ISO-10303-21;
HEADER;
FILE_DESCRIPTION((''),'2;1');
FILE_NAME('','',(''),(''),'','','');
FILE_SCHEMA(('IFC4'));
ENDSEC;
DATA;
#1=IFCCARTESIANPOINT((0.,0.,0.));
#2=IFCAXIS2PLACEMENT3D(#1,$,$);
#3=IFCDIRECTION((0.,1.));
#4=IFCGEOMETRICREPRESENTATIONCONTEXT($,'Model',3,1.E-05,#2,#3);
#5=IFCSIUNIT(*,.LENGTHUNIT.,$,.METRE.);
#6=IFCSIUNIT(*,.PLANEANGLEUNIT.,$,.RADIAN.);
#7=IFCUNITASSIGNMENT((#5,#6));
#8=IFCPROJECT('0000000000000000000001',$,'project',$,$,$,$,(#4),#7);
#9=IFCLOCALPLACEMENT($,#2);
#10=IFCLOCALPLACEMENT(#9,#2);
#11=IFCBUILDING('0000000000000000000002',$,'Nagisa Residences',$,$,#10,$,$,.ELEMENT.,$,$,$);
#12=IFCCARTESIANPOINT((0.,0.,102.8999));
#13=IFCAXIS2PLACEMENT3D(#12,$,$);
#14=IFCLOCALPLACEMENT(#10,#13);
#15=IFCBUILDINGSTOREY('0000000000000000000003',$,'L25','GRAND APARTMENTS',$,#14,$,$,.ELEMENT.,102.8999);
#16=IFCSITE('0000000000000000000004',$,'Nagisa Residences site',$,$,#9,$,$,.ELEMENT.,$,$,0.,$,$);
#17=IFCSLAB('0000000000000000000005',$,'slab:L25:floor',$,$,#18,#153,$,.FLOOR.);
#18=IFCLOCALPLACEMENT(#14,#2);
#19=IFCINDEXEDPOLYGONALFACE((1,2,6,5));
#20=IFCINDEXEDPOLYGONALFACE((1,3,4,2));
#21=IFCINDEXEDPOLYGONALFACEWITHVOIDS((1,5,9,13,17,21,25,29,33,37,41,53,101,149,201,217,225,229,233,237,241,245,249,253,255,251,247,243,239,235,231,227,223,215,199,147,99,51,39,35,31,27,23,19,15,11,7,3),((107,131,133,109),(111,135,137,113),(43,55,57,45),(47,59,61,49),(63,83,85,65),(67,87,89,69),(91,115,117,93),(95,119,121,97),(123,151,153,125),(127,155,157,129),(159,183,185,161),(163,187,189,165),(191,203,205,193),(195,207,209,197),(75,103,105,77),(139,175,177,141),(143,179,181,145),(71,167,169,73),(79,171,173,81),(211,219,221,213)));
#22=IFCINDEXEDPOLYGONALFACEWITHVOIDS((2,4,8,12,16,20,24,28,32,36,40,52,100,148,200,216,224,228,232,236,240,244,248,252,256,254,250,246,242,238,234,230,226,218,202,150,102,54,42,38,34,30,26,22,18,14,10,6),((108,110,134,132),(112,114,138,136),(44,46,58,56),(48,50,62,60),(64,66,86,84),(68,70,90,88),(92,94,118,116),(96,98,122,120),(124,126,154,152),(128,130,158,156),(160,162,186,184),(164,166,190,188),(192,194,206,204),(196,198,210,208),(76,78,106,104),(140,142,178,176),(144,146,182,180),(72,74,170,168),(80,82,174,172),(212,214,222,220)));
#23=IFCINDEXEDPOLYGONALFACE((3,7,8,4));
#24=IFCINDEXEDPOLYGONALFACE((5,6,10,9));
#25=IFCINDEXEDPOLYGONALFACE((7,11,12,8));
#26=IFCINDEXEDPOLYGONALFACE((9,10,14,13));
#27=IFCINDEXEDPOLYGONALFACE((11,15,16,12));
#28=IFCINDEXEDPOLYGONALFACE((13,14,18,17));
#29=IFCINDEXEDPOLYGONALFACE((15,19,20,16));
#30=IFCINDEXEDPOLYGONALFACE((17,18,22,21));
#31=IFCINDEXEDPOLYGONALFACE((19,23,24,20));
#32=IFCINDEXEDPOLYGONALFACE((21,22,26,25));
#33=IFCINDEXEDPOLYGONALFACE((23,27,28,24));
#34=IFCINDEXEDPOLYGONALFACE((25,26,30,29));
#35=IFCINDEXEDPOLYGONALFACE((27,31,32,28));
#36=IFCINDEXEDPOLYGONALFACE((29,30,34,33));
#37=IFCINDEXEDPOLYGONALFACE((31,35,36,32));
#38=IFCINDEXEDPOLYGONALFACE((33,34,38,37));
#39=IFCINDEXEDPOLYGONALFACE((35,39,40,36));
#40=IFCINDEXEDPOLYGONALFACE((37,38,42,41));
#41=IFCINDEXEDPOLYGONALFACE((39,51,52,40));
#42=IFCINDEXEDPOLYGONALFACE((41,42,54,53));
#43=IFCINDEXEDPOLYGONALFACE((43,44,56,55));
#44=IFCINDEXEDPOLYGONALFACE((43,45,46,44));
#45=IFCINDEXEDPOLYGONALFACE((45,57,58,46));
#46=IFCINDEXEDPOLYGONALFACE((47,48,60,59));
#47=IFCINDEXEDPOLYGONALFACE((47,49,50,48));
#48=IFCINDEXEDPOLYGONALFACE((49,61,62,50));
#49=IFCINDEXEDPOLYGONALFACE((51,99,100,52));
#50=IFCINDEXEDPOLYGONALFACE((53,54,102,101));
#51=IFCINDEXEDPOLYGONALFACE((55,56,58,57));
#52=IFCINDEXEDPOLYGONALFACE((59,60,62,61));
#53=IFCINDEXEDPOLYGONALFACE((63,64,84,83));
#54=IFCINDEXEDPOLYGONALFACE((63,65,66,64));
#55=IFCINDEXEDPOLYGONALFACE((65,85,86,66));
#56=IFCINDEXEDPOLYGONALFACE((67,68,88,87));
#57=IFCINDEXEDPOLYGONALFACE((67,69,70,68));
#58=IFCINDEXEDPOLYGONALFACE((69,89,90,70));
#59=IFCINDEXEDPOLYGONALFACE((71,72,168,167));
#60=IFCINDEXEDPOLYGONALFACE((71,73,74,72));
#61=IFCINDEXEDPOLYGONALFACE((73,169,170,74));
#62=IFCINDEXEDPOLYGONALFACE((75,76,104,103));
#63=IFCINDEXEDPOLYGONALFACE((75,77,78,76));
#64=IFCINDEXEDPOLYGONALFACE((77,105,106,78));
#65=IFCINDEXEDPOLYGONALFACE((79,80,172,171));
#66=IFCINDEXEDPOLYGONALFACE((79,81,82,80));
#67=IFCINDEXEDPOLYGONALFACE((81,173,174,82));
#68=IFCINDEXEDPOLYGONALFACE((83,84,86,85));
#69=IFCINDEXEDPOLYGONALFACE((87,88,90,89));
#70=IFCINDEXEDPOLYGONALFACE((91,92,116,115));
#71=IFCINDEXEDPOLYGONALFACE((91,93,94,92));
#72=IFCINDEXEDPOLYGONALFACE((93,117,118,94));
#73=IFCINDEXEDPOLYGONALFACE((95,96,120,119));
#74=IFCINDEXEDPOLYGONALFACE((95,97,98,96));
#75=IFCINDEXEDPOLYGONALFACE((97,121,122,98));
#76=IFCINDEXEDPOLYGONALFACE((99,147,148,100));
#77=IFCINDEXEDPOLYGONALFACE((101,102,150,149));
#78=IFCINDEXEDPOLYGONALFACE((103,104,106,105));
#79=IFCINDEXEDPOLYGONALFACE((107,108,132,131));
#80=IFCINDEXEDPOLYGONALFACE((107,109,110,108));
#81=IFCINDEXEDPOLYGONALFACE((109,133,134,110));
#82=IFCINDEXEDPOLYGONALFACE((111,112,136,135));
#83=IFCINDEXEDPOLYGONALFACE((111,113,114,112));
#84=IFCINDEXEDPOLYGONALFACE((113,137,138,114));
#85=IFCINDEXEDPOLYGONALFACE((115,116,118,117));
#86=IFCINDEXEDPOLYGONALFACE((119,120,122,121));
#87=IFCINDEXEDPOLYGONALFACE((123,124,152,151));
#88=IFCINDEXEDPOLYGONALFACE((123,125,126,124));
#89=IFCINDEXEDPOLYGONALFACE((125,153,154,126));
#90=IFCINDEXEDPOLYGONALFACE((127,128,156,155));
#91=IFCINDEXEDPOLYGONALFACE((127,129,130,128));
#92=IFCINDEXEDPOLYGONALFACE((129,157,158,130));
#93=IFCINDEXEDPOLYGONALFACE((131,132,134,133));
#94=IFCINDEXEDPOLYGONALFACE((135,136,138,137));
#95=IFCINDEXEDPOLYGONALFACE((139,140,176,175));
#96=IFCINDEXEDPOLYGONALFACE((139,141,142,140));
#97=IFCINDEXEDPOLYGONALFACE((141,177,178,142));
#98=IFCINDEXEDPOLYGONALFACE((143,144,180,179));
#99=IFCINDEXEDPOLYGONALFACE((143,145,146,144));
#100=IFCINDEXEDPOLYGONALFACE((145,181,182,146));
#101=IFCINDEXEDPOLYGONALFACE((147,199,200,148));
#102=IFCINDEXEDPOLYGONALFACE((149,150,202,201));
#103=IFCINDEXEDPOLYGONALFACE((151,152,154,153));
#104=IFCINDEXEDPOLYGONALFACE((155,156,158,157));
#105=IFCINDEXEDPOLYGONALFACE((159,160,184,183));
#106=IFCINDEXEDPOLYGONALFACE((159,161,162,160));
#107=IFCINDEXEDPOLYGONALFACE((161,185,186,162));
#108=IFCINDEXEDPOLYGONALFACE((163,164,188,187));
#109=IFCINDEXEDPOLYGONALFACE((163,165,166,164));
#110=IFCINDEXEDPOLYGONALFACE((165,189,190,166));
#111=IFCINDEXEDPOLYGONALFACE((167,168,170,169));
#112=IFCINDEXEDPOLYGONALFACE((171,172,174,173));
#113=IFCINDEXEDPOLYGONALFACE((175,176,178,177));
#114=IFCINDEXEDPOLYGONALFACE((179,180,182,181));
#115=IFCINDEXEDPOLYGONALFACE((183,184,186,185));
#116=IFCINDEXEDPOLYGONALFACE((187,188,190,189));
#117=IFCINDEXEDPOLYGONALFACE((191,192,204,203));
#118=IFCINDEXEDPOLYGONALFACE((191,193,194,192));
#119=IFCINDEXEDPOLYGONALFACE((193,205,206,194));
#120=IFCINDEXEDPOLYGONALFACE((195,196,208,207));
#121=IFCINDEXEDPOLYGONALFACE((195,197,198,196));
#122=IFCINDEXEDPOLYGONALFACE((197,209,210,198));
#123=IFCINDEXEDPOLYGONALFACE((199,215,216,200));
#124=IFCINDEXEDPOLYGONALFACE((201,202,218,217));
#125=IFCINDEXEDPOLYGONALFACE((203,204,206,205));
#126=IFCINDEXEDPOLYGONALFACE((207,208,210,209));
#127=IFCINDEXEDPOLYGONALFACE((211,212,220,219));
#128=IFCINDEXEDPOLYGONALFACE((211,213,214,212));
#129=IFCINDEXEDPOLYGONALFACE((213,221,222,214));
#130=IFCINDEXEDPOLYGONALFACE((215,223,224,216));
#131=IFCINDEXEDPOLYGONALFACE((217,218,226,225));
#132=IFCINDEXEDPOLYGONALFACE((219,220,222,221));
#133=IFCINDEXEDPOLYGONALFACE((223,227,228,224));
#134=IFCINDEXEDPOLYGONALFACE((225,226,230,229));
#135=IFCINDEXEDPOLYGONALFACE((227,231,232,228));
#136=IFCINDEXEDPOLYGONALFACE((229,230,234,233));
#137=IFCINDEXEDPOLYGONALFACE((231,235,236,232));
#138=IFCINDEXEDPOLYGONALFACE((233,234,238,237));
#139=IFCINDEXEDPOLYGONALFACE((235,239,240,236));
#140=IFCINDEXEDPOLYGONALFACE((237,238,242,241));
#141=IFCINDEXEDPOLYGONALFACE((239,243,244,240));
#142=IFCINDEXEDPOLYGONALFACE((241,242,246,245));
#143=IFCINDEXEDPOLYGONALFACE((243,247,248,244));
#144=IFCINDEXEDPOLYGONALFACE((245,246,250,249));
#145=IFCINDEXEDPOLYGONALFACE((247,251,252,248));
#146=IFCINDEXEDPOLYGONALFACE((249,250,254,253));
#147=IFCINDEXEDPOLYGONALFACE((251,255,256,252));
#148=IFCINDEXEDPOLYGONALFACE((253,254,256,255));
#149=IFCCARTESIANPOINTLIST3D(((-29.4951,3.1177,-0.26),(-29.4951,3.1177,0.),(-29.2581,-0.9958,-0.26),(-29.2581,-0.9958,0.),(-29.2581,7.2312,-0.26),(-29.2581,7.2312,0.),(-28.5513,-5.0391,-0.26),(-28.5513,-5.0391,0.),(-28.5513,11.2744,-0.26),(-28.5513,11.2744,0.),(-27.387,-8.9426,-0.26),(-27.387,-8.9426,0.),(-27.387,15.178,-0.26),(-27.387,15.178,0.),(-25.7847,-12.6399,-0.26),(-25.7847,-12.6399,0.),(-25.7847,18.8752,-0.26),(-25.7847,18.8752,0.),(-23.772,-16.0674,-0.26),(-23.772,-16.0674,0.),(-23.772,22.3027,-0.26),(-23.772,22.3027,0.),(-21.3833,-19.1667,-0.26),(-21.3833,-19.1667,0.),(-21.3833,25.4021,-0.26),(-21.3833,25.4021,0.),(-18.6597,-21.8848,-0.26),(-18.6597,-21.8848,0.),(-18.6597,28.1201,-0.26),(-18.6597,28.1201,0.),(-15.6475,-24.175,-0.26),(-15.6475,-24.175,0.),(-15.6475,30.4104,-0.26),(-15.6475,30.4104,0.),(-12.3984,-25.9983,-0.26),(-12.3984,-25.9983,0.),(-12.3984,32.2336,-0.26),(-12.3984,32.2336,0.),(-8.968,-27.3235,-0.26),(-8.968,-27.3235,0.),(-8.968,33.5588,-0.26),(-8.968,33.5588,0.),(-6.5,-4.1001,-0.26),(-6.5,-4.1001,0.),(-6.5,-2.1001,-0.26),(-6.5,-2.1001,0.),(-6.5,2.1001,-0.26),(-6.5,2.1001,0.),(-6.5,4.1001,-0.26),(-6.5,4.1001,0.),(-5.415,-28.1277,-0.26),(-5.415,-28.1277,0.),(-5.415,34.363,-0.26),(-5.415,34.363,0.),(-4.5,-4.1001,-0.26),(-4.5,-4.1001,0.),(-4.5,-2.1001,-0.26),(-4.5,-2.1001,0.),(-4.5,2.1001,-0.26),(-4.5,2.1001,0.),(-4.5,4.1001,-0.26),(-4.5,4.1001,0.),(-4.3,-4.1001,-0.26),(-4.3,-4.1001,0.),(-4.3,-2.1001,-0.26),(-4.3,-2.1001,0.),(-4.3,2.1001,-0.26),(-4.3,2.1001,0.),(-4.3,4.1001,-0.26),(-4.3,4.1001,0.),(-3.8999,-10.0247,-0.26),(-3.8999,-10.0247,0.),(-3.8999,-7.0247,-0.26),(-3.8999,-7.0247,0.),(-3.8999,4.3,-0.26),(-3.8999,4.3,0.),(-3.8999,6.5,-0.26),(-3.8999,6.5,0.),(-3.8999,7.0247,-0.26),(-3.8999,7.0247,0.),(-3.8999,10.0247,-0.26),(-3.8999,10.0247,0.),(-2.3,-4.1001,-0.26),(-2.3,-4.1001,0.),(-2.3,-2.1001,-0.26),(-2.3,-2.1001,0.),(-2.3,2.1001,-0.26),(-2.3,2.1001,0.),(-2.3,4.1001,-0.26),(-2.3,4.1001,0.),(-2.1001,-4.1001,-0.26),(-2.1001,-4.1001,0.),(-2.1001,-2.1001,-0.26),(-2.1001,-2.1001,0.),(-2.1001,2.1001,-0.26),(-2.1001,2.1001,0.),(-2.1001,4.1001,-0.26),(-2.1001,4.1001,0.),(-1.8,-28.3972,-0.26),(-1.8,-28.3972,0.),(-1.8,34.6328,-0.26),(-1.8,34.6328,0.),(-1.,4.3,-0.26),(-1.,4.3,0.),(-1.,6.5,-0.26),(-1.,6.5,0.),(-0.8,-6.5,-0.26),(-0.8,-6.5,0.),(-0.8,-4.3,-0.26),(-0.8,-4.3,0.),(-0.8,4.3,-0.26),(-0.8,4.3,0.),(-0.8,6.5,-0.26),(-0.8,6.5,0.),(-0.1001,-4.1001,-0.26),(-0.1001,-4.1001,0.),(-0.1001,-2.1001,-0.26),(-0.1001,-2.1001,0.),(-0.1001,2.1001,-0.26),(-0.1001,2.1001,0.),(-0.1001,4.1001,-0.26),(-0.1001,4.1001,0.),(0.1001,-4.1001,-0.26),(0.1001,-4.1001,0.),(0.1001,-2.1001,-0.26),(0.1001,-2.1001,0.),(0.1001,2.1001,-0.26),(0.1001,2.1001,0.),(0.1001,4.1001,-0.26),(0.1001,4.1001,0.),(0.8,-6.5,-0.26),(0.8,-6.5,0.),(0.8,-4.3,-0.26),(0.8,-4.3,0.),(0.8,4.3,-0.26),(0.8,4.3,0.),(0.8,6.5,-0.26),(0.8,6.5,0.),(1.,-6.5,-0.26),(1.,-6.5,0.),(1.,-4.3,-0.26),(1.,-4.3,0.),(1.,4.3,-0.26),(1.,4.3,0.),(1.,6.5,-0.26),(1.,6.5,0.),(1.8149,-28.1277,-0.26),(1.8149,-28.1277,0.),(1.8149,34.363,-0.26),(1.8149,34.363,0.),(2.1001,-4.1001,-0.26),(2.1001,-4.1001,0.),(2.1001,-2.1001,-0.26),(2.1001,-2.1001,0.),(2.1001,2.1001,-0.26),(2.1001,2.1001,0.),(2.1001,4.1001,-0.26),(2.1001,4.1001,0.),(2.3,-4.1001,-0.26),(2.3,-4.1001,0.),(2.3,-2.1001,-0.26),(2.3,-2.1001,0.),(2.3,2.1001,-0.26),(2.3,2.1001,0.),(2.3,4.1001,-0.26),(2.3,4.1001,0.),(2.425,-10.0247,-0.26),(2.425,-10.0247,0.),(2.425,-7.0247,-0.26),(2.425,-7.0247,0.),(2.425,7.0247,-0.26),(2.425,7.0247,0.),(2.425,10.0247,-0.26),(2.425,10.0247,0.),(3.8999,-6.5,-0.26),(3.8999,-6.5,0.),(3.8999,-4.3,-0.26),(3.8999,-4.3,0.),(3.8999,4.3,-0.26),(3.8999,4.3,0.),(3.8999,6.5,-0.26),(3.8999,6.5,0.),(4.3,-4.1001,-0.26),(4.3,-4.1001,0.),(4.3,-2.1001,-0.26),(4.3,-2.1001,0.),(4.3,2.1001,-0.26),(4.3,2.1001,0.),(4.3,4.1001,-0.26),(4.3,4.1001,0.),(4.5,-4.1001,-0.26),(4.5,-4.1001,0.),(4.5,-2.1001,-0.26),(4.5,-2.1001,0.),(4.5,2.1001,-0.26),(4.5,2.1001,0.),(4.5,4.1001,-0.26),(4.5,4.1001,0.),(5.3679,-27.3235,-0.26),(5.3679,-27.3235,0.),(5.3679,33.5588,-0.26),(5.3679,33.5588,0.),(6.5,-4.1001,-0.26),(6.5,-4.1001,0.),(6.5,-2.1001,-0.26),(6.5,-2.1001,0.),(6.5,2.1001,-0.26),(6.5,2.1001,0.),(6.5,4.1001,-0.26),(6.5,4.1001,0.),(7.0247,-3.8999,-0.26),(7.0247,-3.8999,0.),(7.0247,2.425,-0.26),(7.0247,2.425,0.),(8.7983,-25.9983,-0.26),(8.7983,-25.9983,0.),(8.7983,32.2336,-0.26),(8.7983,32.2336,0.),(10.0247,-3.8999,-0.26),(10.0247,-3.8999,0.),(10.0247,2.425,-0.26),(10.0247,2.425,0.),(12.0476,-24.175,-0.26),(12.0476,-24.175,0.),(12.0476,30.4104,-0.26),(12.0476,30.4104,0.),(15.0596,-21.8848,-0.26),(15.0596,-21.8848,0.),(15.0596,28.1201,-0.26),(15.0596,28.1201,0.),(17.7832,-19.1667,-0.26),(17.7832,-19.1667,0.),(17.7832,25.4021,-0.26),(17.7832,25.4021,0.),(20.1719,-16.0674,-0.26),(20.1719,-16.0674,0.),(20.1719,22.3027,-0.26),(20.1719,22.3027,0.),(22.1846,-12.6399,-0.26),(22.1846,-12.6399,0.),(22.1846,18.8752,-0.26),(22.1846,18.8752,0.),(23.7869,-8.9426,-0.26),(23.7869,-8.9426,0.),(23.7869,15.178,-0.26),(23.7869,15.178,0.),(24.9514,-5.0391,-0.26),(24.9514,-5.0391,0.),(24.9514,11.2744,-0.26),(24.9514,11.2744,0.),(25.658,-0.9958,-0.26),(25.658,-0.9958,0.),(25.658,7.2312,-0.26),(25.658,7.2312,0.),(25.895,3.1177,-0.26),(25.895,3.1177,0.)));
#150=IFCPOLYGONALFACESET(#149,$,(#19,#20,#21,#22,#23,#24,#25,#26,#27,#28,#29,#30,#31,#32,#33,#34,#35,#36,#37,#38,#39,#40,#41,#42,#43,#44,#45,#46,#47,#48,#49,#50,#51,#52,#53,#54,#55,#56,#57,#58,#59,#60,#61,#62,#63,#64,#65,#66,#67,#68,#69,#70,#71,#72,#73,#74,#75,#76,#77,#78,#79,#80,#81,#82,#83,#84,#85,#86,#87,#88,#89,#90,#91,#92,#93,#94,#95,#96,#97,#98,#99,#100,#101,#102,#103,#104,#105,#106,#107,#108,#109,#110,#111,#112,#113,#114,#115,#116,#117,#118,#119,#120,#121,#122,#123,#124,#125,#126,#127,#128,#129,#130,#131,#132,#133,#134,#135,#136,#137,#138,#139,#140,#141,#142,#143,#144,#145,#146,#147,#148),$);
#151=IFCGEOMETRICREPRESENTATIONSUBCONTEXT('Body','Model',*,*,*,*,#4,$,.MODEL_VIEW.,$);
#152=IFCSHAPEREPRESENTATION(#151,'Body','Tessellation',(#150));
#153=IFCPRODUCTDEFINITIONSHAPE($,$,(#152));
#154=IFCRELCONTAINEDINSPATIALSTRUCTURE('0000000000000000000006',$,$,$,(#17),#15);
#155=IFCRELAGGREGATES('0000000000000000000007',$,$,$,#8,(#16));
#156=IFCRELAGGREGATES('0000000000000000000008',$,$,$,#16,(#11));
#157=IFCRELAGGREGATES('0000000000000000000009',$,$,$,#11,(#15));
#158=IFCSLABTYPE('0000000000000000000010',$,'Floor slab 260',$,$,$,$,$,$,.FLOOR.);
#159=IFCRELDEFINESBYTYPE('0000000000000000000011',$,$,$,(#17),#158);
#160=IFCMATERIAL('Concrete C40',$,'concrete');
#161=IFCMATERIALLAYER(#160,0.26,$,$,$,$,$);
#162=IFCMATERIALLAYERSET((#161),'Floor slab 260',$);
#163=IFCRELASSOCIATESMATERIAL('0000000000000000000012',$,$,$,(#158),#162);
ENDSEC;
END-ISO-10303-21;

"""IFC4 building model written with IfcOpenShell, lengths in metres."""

from ifc_helpers import new_model, si_unit, direction, frame, origin, place, context, subcontext, project, spatial, polyline, outline, extrude, material, layer, layer_set, type_object, element, save


model = new_model("IFC4")

# Units and contexts
model_context = context("Model", 3, precision=1e-05, world=origin(), true_north=direction((0.0, 1.0)))
body_context = subcontext(model_context, "Body", "Model", "MODEL_VIEW")
ifc_project = project(units=[si_unit("LENGTHUNIT", "METRE"), si_unit("PLANEANGLEUNIT", "RADIAN")], contexts=[model_context])

# Site, building, storey
site_placement = place(None, origin())
site = spatial("IfcSite", under=ifc_project, at=site_placement, Name="Nagisa Residences site", CompositionType="ELEMENT", RefElevation=0.0)
building_placement = place(site_placement, origin())
building = spatial("IfcBuilding", under=site, at=building_placement, Name="Nagisa Residences", CompositionType="ELEMENT")
storey_placement = place(building_placement, frame((0.0, 0.0, 102.8999)))
storey = spatial("IfcBuildingStorey", under=building, at=storey_placement, Name="L25", Description="GRAND APARTMENTS", CompositionType="ELEMENT", Elevation=102.8999)

# Slab
ifc_material_1 = material(Name="Concrete C40", Category="concrete")
ifc_layer_1 = layer(ifc_material_1, 0.26)
ifc_layer_set_1 = layer_set([ifc_layer_1], Name="Floor slab 260")
slab_type_1 = type_object("IfcSlabType", Name="Floor slab 260", PredefinedType="FLOOR", material=ifc_layer_set_1)
slab_1_placement = place(storey_placement, frame((0.0, 0.0, -0.26)))
element("IfcSlab", 1, at=slab_1_placement, inside=storey, type_object=slab_type_1, Name="slab:L25:floor", PredefinedType="FLOOR", context=body_context, shape_type="SweptSolid", body=[
    extrude(outline(polyline([(25.895, 3.1177), (25.658, 7.2312), (24.9514, 11.2744), (23.7869, 15.178), (22.1846, 18.8752), (20.1719, 22.3027), (17.7832, 25.4021), (15.0596, 28.1201), (12.0476, 30.4104), (8.7983, 32.2336), (5.3679, 33.5588), (1.8149, 34.363), (-1.8, 34.6328), (-5.415, 34.363), (-8.968, 33.5588), (-12.3984, 32.2336), (-15.6475, 30.4104), (-18.6597, 28.1201), (-21.3833, 25.4021), (-23.772, 22.3027), (-25.7847, 18.8752), (-27.387, 15.178), (-28.5513, 11.2744), (-29.2581, 7.2312), (-29.4951, 3.1177), (-29.2581, -0.9958), (-28.5513, -5.0391), (-27.387, -8.9426), (-25.7847, -12.6399), (-23.772, -16.0674), (-21.3833, -19.1667), (-18.6597, -21.8848), (-15.6475, -24.175), (-12.3984, -25.9983), (-8.968, -27.3235), (-5.415, -28.1277), (-1.8, -28.3972), (1.8149, -28.1277), (5.3679, -27.3235), (8.7983, -25.9983), (12.0476, -24.175), (15.0596, -21.8848), (17.7832, -19.1667), (20.1719, -16.0674), (22.1846, -12.6399), (23.7869, -8.9426), (24.9514, -5.0391), (25.658, -0.9958), (25.895, 3.1177)]), holes=[polyline([(-4.5, 2.1001), (-4.5, 4.1001), (-6.5, 4.1001), (-6.5, 2.1001), (-4.5, 2.1001)]), polyline([(-2.3, 2.1001), (-2.3, 4.1001), (-4.3, 4.1001), (-4.3, 2.1001), (-2.3, 2.1001)]), polyline([(-0.1001, 2.1001), (-0.1001, 4.1001), (-2.1001, 4.1001), (-2.1001, 2.1001), (-0.1001, 2.1001)]), polyline([(2.1001, 2.1001), (2.1001, 4.1001), (0.1001, 4.1001), (0.1001, 2.1001), (2.1001, 2.1001)]), polyline([(4.3, 2.1001), (4.3, 4.1001), (2.3, 4.1001), (2.3, 2.1001), (4.3, 2.1001)]), polyline([(6.5, 2.1001), (6.5, 4.1001), (4.5, 4.1001), (4.5, 2.1001), (6.5, 2.1001)]), polyline([(-4.5, -4.1001), (-4.5, -2.1001), (-6.5, -2.1001), (-6.5, -4.1001), (-4.5, -4.1001)]), polyline([(-2.3, -4.1001), (-2.3, -2.1001), (-4.3, -2.1001), (-4.3, -4.1001), (-2.3, -4.1001)]), polyline([(-0.1001, -4.1001), (-0.1001, -2.1001), (-2.1001, -2.1001), (-2.1001, -4.1001), (-0.1001, -4.1001)]), polyline([(2.1001, -4.1001), (2.1001, -2.1001), (0.1001, -2.1001), (0.1001, -4.1001), (2.1001, -4.1001)]), polyline([(4.3, -4.1001), (4.3, -2.1001), (2.3, -2.1001), (2.3, -4.1001), (4.3, -4.1001)]), polyline([(6.5, -4.1001), (6.5, -2.1001), (4.5, -2.1001), (4.5, -4.1001), (6.5, -4.1001)]), polyline([(3.8999, 4.3), (3.8999, 6.5), (1.0, 6.5), (1.0, 4.3), (3.8999, 4.3)]), polyline([(3.8999, -6.5), (3.8999, -4.3), (1.0, -4.3), (1.0, -6.5), (3.8999, -6.5)]), polyline([(-1.0, 4.3), (-1.0, 6.5), (-3.8999, 6.5), (-3.8999, 4.3), (-1.0, 4.3)]), polyline([(0.8, 4.3), (0.8, 6.5), (-0.8, 6.5), (-0.8, 4.3), (0.8, 4.3)]), polyline([(0.8, -6.5), (0.8, -4.3), (-0.8, -4.3), (-0.8, -6.5), (0.8, -6.5)]), polyline([(10.0247, -3.8999), (7.0247, -3.8999), (7.0247, 2.425), (10.0247, 2.425), (10.0247, -3.8999)]), polyline([(-3.8999, 7.0247), (-3.8999, 10.0247), (2.425, 10.0247), (2.425, 7.0247), (-3.8999, 7.0247)]), polyline([(-3.8999, -10.0247), (-3.8999, -7.0247), (2.425, -7.0247), (2.425, -10.0247), (-3.8999, -10.0247)])]), origin(), (0.0, 0.0, 1.0), 0.26),
])

save(model, "model.ifc")
